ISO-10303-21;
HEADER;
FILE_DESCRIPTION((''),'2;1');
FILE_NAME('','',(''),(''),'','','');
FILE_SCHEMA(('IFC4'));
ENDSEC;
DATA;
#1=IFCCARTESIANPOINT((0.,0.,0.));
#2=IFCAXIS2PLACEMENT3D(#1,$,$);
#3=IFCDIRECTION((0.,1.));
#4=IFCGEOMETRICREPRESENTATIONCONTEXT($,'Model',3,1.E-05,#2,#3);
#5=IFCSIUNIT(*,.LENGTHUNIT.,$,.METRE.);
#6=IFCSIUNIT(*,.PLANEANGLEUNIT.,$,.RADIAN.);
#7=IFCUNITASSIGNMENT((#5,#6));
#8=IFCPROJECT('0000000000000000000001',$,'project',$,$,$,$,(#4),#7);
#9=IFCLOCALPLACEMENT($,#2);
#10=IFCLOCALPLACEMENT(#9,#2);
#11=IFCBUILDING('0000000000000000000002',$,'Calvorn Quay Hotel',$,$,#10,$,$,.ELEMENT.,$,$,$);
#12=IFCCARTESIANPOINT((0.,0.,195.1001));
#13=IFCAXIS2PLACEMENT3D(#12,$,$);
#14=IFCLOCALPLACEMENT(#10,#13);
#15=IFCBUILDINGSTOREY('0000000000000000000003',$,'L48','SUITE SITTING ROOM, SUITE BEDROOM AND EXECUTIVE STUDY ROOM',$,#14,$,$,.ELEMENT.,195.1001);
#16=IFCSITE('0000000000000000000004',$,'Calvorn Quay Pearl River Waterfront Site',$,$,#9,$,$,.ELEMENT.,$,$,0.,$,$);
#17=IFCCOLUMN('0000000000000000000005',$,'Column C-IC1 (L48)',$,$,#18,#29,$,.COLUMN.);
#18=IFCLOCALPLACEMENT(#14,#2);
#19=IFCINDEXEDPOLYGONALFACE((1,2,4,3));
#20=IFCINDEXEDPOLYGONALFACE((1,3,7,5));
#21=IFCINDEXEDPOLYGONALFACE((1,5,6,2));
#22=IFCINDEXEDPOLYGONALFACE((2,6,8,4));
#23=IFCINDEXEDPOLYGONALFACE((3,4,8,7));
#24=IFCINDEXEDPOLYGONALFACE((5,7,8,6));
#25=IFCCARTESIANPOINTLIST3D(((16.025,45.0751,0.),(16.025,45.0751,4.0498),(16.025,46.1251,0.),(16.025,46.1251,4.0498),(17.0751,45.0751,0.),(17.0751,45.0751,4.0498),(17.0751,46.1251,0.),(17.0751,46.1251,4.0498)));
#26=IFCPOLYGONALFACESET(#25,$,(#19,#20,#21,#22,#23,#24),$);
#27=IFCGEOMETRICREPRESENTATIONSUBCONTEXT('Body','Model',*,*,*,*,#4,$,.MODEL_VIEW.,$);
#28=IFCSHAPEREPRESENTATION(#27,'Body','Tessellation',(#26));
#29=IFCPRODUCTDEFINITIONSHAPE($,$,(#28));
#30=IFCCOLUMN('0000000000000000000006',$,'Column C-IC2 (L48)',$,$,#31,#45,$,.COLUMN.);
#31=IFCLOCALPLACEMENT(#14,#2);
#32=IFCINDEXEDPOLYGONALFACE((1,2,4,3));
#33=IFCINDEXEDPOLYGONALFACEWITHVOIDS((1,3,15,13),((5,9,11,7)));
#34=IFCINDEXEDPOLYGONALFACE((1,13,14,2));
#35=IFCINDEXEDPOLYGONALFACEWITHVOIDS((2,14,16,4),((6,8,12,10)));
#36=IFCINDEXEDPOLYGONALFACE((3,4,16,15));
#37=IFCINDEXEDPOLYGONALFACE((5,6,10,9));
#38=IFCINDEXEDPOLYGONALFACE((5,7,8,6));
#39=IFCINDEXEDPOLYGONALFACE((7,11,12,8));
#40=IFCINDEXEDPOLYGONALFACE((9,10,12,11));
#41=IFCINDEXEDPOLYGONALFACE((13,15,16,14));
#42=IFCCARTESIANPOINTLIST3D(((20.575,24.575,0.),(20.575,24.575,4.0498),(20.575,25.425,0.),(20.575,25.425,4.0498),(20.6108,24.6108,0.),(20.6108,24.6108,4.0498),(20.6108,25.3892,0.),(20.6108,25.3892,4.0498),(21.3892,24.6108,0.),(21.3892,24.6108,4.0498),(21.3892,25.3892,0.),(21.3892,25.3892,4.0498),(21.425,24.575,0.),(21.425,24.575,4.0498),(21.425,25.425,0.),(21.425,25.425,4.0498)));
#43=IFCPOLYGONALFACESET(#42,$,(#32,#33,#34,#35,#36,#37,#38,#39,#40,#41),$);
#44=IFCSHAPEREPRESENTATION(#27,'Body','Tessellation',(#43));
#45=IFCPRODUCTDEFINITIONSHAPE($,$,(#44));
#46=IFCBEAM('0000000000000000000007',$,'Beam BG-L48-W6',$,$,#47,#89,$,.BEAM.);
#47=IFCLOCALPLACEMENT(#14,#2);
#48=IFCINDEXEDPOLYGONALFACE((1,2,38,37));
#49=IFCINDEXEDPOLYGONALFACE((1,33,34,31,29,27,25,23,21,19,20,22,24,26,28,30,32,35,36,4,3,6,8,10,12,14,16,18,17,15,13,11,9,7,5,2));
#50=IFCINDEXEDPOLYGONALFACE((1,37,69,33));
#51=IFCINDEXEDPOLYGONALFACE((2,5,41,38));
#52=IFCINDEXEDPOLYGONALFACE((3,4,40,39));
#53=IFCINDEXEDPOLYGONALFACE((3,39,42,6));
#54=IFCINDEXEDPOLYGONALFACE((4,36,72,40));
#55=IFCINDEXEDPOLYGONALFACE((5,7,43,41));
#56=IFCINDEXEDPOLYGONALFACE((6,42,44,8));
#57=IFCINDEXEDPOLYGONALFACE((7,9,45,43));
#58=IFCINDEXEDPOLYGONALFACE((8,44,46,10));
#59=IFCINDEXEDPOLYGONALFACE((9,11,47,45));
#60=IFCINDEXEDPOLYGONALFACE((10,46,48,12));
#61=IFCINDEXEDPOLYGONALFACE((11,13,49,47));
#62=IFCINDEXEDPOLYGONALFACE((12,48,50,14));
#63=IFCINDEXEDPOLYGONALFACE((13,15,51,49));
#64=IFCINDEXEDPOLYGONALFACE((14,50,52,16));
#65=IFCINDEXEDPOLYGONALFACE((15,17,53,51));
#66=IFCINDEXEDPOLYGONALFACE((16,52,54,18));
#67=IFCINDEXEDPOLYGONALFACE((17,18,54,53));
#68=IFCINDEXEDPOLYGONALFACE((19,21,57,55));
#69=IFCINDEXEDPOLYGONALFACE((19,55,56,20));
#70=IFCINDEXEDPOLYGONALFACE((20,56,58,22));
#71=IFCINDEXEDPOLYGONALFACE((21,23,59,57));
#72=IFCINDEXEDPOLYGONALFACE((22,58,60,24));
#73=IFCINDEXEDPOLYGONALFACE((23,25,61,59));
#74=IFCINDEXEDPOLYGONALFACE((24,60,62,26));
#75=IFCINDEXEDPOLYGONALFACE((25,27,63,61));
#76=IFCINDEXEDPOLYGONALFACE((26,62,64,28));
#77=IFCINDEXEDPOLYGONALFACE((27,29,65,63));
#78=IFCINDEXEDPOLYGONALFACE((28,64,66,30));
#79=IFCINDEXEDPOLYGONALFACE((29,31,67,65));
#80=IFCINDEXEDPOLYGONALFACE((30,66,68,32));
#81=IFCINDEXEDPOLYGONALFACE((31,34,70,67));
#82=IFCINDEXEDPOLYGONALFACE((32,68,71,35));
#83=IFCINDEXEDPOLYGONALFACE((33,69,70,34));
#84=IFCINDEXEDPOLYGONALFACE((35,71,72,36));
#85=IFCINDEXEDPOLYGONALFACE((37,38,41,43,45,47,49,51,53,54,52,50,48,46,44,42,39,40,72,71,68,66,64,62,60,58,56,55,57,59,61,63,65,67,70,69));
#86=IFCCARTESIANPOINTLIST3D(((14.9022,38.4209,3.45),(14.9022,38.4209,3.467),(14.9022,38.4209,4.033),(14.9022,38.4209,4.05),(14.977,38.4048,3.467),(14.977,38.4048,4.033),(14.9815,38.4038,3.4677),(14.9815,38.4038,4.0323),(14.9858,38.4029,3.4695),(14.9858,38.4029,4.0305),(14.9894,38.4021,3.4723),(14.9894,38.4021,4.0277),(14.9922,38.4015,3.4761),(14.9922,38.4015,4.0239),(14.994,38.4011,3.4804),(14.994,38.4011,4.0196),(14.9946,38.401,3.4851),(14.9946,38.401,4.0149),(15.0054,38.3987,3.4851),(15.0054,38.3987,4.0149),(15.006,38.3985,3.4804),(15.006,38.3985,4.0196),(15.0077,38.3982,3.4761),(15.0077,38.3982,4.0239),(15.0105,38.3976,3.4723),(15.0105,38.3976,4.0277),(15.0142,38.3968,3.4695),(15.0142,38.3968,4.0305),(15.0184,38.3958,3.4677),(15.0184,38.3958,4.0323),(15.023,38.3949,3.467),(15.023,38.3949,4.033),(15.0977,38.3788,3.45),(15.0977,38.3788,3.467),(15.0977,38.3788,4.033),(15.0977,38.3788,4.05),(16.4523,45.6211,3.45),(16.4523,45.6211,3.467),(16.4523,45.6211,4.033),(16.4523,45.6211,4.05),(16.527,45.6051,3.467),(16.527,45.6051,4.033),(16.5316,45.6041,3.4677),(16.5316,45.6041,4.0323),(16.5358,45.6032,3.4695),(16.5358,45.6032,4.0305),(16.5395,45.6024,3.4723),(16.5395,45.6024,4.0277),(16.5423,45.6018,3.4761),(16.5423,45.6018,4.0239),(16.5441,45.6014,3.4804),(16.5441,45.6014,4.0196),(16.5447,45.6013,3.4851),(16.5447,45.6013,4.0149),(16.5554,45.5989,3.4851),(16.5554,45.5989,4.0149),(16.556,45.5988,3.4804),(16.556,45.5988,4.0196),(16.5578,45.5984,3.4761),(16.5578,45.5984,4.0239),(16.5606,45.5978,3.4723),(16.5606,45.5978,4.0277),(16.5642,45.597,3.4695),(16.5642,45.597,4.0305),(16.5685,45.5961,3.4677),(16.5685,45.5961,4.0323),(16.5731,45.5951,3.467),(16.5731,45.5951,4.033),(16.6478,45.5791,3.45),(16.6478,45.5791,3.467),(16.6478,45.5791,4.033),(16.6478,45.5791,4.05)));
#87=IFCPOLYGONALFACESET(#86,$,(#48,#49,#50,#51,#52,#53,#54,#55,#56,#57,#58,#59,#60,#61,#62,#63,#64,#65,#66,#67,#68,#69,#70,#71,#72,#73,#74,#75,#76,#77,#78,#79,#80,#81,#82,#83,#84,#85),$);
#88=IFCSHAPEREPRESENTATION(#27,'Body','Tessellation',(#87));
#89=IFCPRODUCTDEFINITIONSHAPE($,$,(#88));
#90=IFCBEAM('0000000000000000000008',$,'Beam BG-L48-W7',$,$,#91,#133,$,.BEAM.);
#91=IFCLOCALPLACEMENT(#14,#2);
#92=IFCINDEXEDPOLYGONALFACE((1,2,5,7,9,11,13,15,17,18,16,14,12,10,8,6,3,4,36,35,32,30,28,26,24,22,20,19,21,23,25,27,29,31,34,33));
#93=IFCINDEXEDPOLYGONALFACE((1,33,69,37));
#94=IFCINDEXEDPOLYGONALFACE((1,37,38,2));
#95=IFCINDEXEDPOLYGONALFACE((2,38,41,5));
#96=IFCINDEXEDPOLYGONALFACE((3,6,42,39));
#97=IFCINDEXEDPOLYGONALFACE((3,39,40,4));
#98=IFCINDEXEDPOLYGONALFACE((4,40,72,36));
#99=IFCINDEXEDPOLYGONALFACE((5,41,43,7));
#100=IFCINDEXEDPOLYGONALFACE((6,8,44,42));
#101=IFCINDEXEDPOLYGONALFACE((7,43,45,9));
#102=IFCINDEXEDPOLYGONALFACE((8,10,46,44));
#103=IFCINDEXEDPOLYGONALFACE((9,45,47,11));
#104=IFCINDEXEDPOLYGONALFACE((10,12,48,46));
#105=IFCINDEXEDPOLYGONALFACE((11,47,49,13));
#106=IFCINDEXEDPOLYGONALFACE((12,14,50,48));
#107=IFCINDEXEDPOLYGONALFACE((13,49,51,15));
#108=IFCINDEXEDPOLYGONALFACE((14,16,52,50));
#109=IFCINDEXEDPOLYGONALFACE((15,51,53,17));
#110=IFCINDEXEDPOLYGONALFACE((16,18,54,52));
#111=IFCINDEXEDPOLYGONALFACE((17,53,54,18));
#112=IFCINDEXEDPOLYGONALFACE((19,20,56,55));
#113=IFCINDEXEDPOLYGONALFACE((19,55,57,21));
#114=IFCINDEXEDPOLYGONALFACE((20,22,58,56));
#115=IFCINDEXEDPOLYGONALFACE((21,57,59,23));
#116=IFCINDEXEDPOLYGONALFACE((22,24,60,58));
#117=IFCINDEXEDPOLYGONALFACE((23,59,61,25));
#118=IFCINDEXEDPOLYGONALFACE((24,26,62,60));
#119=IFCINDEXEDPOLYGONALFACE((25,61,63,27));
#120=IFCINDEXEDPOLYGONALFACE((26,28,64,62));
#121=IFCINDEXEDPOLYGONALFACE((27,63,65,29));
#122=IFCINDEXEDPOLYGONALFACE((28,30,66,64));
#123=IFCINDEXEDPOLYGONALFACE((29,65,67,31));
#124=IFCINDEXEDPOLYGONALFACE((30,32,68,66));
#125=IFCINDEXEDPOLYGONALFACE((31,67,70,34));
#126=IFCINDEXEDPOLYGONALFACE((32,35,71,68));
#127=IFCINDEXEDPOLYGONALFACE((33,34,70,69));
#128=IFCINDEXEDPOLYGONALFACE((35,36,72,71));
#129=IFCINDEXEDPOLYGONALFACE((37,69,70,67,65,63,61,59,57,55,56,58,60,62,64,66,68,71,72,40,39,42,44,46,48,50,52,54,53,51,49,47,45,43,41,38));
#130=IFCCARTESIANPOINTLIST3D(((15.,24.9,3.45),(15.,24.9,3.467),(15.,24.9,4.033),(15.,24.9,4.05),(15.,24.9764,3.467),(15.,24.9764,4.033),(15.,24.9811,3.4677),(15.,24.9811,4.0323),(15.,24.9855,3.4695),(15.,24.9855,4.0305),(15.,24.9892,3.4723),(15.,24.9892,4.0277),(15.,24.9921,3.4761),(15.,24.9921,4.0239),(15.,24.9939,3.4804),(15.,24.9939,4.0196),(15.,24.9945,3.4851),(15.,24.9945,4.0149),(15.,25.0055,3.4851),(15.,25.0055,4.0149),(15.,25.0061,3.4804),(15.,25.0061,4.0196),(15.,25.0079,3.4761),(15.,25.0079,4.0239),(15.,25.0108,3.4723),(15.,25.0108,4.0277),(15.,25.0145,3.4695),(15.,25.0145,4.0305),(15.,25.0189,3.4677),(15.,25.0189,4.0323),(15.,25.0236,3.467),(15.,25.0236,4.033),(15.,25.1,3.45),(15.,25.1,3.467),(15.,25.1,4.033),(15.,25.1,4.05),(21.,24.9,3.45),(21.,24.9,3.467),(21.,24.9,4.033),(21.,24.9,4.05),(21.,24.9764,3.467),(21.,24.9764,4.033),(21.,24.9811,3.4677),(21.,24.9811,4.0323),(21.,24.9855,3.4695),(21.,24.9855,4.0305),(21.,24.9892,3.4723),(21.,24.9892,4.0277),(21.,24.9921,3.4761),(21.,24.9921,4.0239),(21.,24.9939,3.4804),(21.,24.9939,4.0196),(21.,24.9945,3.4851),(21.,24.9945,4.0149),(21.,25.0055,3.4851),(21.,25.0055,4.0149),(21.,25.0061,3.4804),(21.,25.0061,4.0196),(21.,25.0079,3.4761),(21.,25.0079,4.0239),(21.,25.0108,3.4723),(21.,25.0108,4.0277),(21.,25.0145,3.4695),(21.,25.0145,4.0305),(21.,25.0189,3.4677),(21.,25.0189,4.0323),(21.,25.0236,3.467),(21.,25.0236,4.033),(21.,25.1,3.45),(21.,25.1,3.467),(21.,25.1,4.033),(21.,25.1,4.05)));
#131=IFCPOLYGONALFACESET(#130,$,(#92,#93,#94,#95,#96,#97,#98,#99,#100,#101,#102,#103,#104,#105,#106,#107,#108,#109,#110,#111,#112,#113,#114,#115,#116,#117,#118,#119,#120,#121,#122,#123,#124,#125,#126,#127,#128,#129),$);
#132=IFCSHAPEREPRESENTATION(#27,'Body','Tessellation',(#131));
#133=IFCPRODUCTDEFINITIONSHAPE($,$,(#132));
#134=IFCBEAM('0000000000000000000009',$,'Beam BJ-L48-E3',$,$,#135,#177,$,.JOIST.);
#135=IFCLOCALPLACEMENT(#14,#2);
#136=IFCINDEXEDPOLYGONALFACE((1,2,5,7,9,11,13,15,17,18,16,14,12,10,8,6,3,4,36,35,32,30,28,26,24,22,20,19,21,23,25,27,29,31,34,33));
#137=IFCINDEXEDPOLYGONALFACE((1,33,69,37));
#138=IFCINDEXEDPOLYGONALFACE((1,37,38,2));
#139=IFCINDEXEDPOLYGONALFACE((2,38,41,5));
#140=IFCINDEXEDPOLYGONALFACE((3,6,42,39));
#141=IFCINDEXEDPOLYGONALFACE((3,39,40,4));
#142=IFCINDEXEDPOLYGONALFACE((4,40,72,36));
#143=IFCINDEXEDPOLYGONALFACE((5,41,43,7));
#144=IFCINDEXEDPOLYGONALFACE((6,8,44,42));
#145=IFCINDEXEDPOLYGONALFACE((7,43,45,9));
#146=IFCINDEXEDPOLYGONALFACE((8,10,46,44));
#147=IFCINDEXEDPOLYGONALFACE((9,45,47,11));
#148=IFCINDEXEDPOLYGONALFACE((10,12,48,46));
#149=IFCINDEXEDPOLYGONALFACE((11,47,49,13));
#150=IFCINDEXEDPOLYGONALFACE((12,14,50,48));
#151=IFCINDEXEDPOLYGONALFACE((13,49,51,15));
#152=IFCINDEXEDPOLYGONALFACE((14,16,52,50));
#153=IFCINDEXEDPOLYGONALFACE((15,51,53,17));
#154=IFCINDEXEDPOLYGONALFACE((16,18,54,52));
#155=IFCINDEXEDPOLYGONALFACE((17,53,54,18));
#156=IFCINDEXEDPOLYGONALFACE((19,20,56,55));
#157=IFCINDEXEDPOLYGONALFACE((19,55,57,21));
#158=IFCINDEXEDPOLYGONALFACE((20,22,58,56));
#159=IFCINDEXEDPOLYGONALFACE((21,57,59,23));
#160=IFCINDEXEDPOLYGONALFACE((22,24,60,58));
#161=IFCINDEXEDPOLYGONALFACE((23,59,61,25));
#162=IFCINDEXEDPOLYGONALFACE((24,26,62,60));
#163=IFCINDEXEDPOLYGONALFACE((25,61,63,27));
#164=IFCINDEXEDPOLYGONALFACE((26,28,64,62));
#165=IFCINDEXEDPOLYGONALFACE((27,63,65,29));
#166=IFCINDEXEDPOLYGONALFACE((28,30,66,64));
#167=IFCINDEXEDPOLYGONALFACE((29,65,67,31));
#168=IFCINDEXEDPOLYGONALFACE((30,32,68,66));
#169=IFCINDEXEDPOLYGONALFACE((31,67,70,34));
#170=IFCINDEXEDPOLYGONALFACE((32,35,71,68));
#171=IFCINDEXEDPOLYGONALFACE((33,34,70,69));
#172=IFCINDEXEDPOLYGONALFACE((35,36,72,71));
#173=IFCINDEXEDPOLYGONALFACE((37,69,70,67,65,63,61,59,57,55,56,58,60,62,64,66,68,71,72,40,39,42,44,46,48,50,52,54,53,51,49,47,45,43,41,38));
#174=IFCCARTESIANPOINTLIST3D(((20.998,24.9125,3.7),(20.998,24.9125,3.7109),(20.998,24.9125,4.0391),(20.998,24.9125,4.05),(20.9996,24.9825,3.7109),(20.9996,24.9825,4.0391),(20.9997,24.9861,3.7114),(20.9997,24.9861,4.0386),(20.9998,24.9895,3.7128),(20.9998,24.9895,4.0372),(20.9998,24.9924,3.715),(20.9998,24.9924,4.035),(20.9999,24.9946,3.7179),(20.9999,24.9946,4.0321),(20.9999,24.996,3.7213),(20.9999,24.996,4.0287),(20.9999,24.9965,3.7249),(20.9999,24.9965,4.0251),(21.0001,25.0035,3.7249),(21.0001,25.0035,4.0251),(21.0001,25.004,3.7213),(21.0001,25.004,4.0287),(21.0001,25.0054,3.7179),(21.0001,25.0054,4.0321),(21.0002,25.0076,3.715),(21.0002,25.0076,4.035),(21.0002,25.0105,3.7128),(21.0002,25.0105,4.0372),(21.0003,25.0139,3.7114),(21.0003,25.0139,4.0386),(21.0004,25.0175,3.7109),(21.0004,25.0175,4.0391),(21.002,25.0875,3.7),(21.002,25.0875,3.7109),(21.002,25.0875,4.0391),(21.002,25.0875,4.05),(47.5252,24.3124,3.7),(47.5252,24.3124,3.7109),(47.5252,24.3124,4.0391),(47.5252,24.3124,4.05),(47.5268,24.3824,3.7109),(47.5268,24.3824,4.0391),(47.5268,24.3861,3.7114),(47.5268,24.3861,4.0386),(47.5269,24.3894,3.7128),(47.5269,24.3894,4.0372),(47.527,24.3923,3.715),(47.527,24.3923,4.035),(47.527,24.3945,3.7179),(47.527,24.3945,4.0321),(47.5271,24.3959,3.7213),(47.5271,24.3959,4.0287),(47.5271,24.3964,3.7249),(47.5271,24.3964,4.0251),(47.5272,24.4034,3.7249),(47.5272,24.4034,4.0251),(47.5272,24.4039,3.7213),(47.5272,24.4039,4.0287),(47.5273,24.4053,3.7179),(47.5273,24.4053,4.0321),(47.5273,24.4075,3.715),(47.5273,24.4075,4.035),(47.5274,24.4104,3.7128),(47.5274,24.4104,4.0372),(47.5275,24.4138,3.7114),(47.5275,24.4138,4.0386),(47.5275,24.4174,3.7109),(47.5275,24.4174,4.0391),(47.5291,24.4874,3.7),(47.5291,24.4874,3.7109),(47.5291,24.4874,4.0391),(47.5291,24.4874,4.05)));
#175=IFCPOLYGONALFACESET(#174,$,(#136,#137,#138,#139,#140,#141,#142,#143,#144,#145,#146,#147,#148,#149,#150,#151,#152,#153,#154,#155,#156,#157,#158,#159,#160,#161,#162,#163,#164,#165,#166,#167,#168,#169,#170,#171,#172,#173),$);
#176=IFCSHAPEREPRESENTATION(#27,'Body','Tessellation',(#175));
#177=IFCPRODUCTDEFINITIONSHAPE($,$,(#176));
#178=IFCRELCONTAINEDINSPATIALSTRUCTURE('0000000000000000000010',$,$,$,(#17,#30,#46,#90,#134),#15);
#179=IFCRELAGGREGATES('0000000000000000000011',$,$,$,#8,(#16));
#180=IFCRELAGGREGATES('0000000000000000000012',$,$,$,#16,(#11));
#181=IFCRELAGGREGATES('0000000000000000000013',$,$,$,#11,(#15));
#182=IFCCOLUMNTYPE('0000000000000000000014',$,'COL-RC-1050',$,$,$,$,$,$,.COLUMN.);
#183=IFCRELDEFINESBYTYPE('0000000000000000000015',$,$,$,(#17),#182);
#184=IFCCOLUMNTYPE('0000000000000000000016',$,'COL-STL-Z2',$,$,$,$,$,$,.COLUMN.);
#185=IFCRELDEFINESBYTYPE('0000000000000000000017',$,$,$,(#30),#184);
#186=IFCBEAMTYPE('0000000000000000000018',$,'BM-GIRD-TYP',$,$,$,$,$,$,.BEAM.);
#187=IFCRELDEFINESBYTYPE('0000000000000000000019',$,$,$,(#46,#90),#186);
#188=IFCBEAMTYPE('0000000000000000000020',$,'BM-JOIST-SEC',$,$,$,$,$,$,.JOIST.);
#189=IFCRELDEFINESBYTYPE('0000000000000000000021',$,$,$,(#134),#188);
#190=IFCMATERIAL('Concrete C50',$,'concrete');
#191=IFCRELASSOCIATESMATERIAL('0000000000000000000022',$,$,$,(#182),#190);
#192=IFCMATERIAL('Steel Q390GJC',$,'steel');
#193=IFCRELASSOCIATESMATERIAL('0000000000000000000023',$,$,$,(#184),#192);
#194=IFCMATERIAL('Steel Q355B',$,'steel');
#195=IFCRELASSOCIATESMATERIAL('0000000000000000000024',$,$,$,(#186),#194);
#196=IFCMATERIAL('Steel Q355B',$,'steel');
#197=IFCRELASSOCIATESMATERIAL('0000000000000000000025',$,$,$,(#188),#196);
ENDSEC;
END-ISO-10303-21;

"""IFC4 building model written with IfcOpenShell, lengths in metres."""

from ifc_helpers import new_model, si_unit, direction, frame, origin, origin_2d, place, context, subcontext, project, spatial, rectangle, hollow_rectangle, i_section, extrude, material, material_profile, profile_set, type_object, element, save


model = new_model("IFC4")

# Units and contexts
model_context = context("Model", 3, precision=1e-05, world=origin(), true_north=direction((0.0, 1.0)))
body_context = subcontext(model_context, "Body", "Model", "MODEL_VIEW")
ifc_project = project(units=[si_unit("LENGTHUNIT", "METRE"), si_unit("PLANEANGLEUNIT", "RADIAN")], contexts=[model_context])

# Site, building, storey
site_placement = place(None, origin())
site = spatial("IfcSite", under=ifc_project, at=site_placement, Name="Calvorn Quay Pearl River Waterfront Site", CompositionType="ELEMENT", RefElevation=0.0)
building_placement = place(site_placement, origin())
building = spatial("IfcBuilding", under=site, at=building_placement, Name="Calvorn Quay Hotel", CompositionType="ELEMENT")
storey_placement = place(building_placement, frame((0.0, 0.0, 195.1001)))
storey = spatial("IfcBuildingStorey", under=building, at=storey_placement, Name="L48", Description="SUITE SITTING ROOM, SUITE BEDROOM AND EXECUTIVE STUDY ROOM", CompositionType="ELEMENT", Elevation=195.1001)

# Columns
ifc_material_1 = material(Name="Concrete C50", Category="concrete")
ifc_material_profile_1 = material_profile(ifc_material_1, rectangle(XDim=1.05, YDim=1.05, at=origin_2d()), Name="RC1050x1050")
ifc_profile_set_1 = profile_set([ifc_material_profile_1], Name="Concrete C50")
column_type_1 = type_object("IfcColumnType", Name="COL-RC-1050", PredefinedType="COLUMN", material=ifc_profile_set_1)
column_1_placement = place(storey_placement, frame((16.55, 45.6001, 0.0), z_axis=(0.0, 0.0, 1.0), x_axis=(1.0, 0.0, 0.0)))
element("IfcColumn", 1, at=column_1_placement, inside=storey, type_object=column_type_1, Name="Column C-IC1 (L48)", PredefinedType="COLUMN", context=body_context, shape_type="SweptSolid", body=[
    extrude(rectangle(XDim=1.05, YDim=1.05, at=origin_2d()), origin(), (0.0, 0.0, 1.0), 4.0498),
])
ifc_material_2 = material(Name="Steel Q390GJC", Category="steel")
ifc_material_profile_2 = material_profile(ifc_material_2, hollow_rectangle(XDim=0.8501, YDim=0.8501, WallThickness=0.0359, at=origin_2d()), Name="BOX850x850x36")
ifc_profile_set_2 = profile_set([ifc_material_profile_2], Name="Steel Q390GJC")
column_type_2 = type_object("IfcColumnType", Name="COL-STL-Z2", PredefinedType="COLUMN", material=ifc_profile_set_2)
column_2_placement = place(storey_placement, frame((21.0, 25.0, 0.0), z_axis=(0.0, 0.0, 1.0), x_axis=(1.0, 0.0, 0.0)))
element("IfcColumn", 2, at=column_2_placement, inside=storey, type_object=column_type_2, Name="Column C-IC2 (L48)", PredefinedType="COLUMN", context=body_context, shape_type="SweptSolid", body=[
    extrude(hollow_rectangle(XDim=0.8501, YDim=0.8501, WallThickness=0.0359, at=origin_2d()), origin(), (0.0, 0.0, 1.0), 4.0498),
])

# Beams
ifc_material_3 = material(Name="Steel Q355B", Category="steel")
ifc_material_profile_3 = material_profile(ifc_material_3, i_section(OverallWidth=0.2, OverallDepth=0.6001, WebThickness=0.011, FlangeThickness=0.0171, FilletRadius=0.0181, at=origin_2d()), Name="HN600x200x11x17")
ifc_profile_set_3 = profile_set([ifc_material_profile_3], Name="Steel Q355B")
beam_type_1 = type_object("IfcBeamType", Name="BM-GIRD-TYP", PredefinedType="BEAM", material=ifc_profile_set_3)
beam_1_placement = place(storey_placement, frame((16.55, 45.6001, 3.75), z_axis=(-0.210457, -0.977603, 0.0), x_axis=(0.977603, -0.210457, 0.0)))
element("IfcBeam", 3, at=beam_1_placement, inside=storey, type_object=beam_type_1, Name="Beam BG-L48-W6", PredefinedType="BEAM", context=body_context, shape_type="SweptSolid", body=[
    extrude(i_section(OverallWidth=0.2, OverallDepth=0.6001, WebThickness=0.011, FlangeThickness=0.0171, FilletRadius=0.0181, at=origin_2d()), origin(), (0.0, 0.0, 1.0), 7.3652),
])
beam_2_placement = place(storey_placement, frame((21.0, 25.0, 3.75), z_axis=(-1.0, 0.0, 0.0), x_axis=(0.0, -1.0, 0.0)))
element("IfcBeam", 4, at=beam_2_placement, inside=storey, type_object=beam_type_1, Name="Beam BG-L48-W7", PredefinedType="BEAM", context=body_context, shape_type="SweptSolid", body=[
    extrude(i_section(OverallWidth=0.2, OverallDepth=0.6001, WebThickness=0.011, FlangeThickness=0.0171, FilletRadius=0.0181, at=origin_2d()), origin(), (0.0, 0.0, 1.0), 6.0),
])
ifc_material_4 = material(Name="Steel Q355B", Category="steel")
ifc_material_profile_4 = material_profile(ifc_material_4, i_section(OverallWidth=0.175, OverallDepth=0.3501, WebThickness=0.0071, FlangeThickness=0.011, FilletRadius=0.0139, at=origin_2d()), Name="HN350x175x7x11")
ifc_profile_set_4 = profile_set([ifc_material_profile_4], Name="Steel Q355B")
beam_type_2 = type_object("IfcBeamType", Name="BM-JOIST-SEC", PredefinedType="JOIST", material=ifc_profile_set_4)
beam_3_placement = place(storey_placement, frame((21.0, 25.0, 3.875), z_axis=(0.999744, -0.022616, 0.0), x_axis=(0.022616, 0.999744, 0.0)))
element("IfcBeam", 5, at=beam_3_placement, inside=storey, type_object=beam_type_2, Name="Beam BJ-L48-E3", PredefinedType="JOIST", context=body_context, shape_type="SweptSolid", body=[
    extrude(i_section(OverallWidth=0.175, OverallDepth=0.3501, WebThickness=0.0071, FlangeThickness=0.011, FilletRadius=0.0139, at=origin_2d()), origin(), (0.0, 0.0, 1.0), 26.5339),
])

save(model, "model.ifc")
